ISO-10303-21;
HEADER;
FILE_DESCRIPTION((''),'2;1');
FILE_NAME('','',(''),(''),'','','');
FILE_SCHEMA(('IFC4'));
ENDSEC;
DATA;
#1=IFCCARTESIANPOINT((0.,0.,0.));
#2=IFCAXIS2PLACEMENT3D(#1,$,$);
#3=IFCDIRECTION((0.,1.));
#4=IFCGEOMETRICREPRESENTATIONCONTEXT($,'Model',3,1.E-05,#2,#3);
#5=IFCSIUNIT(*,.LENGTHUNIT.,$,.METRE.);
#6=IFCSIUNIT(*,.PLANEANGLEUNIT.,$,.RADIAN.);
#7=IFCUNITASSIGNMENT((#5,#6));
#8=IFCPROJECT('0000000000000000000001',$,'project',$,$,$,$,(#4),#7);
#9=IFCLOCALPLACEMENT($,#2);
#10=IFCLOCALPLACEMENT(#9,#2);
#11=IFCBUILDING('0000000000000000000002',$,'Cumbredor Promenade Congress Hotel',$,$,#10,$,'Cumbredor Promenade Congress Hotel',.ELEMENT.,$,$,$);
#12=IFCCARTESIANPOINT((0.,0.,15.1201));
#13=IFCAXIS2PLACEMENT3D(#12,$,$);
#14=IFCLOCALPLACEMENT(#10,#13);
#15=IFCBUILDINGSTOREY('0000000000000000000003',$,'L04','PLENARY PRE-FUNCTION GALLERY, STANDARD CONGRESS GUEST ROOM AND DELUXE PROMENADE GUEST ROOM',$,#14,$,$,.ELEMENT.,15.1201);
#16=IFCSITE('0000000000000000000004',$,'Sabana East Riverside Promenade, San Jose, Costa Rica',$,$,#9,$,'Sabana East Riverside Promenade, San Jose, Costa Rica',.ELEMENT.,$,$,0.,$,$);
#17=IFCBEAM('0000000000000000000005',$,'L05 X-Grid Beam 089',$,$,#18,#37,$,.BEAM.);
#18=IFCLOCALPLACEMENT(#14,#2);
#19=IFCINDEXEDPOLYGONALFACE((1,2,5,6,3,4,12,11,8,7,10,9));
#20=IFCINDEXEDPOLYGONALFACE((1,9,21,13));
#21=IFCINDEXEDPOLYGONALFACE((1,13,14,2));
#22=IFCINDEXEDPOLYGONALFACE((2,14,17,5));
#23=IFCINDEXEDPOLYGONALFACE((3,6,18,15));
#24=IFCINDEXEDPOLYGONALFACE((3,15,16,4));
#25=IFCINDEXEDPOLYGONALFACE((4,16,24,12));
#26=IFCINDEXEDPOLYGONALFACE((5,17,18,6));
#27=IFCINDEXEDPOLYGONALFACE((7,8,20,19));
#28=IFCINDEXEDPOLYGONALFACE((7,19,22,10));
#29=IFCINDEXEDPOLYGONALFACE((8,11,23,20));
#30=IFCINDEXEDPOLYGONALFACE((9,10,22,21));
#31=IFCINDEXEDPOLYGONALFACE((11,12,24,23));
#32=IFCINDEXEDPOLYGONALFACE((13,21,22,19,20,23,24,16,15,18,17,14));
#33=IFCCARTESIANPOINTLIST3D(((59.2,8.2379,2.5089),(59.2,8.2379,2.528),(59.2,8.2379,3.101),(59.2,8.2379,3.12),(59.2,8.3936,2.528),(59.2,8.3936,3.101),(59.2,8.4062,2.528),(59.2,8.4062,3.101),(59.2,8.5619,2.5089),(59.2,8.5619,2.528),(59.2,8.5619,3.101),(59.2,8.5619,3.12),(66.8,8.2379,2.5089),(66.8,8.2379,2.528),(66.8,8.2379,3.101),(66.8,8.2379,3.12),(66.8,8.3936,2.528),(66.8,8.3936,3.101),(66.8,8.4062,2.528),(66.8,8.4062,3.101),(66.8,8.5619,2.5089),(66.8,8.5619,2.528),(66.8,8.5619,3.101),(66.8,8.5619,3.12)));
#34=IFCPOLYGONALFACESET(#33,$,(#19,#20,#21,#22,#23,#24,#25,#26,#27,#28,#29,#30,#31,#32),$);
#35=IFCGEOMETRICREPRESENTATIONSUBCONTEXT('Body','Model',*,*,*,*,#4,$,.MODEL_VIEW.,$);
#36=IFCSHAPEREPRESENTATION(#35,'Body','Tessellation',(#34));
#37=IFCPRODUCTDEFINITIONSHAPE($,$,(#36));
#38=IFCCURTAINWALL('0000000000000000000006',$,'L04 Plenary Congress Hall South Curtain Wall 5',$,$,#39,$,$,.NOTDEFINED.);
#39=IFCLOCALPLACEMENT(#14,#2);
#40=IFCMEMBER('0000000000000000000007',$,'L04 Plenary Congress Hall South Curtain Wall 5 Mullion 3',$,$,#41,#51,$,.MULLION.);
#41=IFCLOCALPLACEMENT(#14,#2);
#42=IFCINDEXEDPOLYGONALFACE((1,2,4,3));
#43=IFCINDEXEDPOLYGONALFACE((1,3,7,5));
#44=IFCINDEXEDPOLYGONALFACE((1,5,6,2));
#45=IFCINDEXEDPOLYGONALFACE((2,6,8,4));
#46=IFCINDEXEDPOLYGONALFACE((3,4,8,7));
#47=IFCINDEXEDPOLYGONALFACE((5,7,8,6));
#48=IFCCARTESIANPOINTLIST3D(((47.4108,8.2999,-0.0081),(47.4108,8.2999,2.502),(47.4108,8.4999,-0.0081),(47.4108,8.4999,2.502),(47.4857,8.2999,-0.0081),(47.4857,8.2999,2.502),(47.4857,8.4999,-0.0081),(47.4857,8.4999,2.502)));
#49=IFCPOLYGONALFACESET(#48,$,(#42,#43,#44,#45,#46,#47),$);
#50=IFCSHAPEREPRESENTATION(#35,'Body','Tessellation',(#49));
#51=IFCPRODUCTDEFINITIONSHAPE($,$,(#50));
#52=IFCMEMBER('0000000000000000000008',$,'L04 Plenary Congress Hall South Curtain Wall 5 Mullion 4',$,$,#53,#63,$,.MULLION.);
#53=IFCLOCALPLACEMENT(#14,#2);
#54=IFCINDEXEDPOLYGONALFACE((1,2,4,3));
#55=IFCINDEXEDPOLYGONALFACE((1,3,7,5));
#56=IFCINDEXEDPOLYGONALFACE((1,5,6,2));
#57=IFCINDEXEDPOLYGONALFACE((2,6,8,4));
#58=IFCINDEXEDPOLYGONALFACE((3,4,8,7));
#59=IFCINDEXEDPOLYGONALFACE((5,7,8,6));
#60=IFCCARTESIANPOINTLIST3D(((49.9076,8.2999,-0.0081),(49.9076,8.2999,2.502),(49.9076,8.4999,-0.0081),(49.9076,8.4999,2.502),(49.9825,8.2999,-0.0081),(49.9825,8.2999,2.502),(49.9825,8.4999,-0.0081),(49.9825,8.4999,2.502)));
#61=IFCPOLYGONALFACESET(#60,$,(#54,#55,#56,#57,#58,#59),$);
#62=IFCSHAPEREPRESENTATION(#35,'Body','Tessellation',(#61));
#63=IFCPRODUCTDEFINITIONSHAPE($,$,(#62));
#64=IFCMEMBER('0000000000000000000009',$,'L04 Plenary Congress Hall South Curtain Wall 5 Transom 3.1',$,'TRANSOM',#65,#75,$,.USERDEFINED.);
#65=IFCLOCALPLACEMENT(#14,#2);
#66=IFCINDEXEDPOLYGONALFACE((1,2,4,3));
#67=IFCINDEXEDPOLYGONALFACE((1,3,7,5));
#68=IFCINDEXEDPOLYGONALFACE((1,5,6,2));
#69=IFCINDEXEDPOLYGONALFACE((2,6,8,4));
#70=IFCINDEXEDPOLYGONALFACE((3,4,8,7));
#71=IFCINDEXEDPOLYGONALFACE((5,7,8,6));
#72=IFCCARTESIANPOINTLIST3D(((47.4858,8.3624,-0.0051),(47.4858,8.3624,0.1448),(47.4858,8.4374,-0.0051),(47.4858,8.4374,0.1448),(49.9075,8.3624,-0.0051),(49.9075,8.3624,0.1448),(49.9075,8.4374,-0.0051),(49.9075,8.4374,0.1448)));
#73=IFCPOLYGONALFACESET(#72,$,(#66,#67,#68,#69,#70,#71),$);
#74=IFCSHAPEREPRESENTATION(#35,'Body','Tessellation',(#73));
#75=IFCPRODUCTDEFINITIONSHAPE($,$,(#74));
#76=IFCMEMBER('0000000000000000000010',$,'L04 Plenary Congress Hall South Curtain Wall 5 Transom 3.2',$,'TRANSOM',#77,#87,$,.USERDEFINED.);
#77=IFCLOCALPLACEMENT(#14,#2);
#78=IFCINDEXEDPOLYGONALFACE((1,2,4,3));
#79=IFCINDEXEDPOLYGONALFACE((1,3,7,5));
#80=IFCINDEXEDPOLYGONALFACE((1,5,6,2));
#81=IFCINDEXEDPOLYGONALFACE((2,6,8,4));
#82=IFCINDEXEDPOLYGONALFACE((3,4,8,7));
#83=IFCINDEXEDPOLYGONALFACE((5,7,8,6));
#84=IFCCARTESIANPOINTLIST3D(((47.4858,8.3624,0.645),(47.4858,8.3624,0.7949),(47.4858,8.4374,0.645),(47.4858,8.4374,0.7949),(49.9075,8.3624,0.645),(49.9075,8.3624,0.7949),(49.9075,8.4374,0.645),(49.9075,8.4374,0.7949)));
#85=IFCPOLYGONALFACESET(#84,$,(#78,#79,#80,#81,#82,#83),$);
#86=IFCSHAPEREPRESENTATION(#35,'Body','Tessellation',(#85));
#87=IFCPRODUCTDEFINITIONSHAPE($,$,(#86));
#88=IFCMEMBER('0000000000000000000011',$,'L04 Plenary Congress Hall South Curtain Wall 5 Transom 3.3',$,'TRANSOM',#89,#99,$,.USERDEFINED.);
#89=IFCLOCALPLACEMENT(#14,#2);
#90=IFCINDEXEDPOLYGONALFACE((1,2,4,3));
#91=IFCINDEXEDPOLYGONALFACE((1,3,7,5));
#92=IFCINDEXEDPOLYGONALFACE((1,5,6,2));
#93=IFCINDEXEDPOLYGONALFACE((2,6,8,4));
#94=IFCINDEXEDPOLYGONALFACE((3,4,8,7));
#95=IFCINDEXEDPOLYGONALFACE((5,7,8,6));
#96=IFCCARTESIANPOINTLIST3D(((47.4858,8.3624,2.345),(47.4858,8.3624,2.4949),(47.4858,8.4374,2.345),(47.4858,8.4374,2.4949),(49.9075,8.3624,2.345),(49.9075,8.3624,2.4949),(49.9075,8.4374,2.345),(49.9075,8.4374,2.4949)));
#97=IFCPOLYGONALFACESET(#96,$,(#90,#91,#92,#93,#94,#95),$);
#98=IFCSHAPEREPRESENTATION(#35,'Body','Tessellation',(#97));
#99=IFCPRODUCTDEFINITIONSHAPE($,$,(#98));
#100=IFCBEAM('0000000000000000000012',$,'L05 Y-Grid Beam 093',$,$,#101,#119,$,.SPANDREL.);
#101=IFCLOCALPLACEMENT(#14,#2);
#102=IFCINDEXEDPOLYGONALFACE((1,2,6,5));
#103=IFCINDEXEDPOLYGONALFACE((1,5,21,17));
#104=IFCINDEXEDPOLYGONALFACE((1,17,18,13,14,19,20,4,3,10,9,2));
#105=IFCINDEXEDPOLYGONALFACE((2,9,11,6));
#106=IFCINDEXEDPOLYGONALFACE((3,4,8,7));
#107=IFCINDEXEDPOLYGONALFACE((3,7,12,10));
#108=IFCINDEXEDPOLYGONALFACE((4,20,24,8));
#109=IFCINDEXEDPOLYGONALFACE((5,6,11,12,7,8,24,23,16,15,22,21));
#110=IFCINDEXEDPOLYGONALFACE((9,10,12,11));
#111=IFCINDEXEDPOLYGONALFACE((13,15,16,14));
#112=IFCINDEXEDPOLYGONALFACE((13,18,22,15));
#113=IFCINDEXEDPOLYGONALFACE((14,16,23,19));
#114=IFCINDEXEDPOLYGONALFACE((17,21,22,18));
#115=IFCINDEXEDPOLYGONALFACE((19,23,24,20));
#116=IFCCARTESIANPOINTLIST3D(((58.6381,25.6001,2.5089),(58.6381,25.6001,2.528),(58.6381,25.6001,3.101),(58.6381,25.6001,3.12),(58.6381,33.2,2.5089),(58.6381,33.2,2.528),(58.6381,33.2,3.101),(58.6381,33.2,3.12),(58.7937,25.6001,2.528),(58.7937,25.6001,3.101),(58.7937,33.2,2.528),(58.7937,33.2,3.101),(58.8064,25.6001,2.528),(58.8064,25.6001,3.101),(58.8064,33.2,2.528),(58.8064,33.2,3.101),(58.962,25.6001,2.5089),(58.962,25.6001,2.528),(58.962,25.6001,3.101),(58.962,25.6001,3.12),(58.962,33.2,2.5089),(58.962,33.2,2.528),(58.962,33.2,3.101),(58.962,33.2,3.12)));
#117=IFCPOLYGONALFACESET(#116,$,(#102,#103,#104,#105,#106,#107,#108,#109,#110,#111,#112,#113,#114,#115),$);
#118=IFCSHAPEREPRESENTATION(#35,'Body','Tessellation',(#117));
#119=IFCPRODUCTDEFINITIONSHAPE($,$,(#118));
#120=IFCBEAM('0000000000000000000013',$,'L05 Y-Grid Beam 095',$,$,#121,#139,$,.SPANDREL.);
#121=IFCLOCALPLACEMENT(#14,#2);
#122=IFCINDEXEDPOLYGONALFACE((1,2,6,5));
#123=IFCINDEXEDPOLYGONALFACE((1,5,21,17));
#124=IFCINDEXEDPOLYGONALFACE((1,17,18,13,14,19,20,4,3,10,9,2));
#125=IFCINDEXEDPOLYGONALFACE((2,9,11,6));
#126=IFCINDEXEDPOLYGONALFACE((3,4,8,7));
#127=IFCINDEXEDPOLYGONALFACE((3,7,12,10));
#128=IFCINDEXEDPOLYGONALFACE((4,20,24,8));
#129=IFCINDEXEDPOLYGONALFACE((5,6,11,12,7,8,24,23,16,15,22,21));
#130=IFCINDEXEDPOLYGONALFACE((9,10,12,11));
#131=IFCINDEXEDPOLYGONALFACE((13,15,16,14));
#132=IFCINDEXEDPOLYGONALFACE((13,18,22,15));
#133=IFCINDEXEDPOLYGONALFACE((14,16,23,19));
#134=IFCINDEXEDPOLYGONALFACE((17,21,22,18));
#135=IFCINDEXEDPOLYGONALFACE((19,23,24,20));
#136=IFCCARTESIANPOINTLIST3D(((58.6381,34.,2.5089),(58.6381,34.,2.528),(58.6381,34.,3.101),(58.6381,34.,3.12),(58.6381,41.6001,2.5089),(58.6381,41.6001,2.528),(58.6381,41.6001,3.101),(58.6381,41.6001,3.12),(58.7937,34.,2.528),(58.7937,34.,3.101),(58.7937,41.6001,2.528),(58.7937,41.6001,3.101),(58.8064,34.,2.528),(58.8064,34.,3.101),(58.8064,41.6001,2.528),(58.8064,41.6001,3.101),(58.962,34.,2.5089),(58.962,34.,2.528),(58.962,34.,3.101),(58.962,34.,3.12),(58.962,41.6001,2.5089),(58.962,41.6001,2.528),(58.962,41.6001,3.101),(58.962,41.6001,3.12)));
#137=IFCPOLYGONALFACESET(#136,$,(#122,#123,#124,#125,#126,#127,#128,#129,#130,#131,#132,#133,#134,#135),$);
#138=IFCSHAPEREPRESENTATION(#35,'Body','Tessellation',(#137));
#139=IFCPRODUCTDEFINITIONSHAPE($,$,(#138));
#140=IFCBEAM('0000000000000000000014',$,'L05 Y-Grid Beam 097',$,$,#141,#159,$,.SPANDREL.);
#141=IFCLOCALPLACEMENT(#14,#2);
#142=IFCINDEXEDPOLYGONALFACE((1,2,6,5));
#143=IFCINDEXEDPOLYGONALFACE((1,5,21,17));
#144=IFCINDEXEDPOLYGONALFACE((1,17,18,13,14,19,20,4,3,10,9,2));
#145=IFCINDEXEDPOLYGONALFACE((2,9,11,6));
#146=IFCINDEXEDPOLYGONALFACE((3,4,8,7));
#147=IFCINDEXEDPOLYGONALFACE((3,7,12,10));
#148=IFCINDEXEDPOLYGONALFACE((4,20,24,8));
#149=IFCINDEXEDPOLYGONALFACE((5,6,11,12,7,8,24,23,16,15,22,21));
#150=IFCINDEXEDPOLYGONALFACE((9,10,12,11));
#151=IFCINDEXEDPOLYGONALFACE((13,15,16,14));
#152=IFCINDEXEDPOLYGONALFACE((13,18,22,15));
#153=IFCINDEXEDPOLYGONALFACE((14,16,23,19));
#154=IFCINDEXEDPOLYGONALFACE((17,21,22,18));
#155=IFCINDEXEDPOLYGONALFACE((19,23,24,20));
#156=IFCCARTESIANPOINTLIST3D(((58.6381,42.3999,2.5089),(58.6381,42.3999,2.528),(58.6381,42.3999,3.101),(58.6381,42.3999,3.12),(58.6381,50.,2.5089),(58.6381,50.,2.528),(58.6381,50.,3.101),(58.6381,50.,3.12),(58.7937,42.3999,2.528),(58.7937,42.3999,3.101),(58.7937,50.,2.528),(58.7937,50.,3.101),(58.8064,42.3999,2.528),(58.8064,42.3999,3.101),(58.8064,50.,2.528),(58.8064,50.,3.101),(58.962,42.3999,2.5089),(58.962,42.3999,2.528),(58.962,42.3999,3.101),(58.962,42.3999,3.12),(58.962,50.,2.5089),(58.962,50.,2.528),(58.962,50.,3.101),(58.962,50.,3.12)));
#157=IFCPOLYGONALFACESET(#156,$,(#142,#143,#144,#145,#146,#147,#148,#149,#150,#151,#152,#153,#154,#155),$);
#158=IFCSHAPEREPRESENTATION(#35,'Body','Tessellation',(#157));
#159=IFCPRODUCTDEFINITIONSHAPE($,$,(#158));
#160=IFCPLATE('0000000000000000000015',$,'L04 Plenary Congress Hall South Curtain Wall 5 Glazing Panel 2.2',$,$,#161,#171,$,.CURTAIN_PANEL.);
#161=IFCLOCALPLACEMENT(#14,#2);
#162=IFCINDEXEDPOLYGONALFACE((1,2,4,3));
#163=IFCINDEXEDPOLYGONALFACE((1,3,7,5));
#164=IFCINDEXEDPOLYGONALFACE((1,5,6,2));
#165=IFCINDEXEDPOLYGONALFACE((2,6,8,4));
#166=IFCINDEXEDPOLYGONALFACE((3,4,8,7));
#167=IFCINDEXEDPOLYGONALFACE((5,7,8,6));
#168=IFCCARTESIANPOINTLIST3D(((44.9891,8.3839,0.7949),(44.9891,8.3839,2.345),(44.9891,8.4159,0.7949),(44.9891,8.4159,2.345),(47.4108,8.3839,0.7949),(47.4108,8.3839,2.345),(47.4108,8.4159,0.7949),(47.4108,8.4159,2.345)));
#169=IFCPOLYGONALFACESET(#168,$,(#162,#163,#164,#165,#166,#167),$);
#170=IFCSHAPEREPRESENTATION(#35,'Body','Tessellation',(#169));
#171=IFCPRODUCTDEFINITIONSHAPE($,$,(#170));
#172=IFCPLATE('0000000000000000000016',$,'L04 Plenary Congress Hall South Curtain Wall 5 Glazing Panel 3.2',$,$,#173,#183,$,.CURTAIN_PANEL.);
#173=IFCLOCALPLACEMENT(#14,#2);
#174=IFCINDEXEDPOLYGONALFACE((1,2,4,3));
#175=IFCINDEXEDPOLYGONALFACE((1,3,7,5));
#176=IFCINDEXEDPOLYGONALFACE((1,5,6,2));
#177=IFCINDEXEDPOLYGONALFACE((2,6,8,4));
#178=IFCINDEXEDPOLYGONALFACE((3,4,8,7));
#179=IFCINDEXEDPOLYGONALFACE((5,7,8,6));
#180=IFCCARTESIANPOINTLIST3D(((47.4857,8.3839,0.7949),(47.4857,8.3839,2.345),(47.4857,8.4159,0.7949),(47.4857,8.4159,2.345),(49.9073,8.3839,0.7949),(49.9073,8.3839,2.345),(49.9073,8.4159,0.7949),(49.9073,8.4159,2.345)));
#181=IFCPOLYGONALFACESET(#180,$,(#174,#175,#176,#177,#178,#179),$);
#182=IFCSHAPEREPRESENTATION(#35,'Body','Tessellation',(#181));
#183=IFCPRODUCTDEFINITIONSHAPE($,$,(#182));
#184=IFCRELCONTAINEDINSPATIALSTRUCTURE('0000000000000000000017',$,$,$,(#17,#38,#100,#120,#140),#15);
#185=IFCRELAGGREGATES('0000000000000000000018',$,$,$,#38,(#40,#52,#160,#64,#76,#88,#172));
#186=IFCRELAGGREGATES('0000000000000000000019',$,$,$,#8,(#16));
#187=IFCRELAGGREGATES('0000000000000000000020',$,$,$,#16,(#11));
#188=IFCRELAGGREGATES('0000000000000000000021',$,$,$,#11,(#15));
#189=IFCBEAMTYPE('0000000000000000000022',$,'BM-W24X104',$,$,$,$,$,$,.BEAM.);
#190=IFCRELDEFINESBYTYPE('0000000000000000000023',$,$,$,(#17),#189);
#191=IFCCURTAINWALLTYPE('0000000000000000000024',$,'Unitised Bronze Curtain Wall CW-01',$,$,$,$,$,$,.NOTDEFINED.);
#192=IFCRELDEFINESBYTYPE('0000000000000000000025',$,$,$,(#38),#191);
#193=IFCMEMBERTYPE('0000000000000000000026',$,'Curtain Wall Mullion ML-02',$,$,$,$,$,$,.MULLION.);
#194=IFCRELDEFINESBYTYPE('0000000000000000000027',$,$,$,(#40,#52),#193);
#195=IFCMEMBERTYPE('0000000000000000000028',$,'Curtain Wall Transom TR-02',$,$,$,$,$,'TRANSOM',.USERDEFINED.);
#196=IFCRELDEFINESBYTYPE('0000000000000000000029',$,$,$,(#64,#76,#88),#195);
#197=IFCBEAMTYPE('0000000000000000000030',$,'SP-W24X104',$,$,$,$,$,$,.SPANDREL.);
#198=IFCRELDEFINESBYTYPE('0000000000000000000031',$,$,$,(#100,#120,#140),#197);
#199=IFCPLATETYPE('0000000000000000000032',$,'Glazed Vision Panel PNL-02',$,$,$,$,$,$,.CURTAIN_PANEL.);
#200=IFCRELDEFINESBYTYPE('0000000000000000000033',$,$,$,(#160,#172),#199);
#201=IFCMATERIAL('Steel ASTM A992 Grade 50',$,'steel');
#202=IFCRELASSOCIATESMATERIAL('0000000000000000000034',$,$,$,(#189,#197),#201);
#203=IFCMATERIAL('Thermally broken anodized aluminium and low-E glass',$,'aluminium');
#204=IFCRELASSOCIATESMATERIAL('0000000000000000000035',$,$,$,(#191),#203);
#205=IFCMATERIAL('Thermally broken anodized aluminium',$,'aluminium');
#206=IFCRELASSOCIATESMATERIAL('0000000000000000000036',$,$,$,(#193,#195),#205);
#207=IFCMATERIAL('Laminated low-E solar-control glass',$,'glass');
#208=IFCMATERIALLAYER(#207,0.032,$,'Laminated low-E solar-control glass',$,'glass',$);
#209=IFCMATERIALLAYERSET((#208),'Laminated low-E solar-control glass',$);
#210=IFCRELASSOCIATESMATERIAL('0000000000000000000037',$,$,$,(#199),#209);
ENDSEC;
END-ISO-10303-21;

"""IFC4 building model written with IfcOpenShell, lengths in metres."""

from ifc_helpers import new_model, si_unit, direction, frame, origin, origin_2d, place, context, subcontext, project, spatial, rectangle, i_section, extrude, material, layer, layer_set, material_profile, profile_set, type_object, element, aggregate, save


model = new_model("IFC4")

# Units and contexts
model_context = context("Model", 3, precision=1e-05, world=origin(), true_north=direction((0.0, 1.0)))
body_context = subcontext(model_context, "Body", "Model", "MODEL_VIEW")
ifc_project = project(units=[si_unit("LENGTHUNIT", "METRE"), si_unit("PLANEANGLEUNIT", "RADIAN")], contexts=[model_context])

# Site, building, storey
site_placement = place(None, origin())
site = spatial("IfcSite", under=ifc_project, at=site_placement, Name="Sabana East Riverside Promenade, San Jose, Costa Rica", LongName="Sabana East Riverside Promenade, San Jose, Costa Rica", CompositionType="ELEMENT", RefElevation=0.0)
building_placement = place(site_placement, origin())
building = spatial("IfcBuilding", under=site, at=building_placement, Name="Cumbredor Promenade Congress Hotel", LongName="Cumbredor Promenade Congress Hotel", CompositionType="ELEMENT")
storey_placement = place(building_placement, frame((0.0, 0.0, 15.1201)))
storey = spatial("IfcBuildingStorey", under=building, at=storey_placement, Name="L04", Description="PLENARY PRE-FUNCTION GALLERY, STANDARD CONGRESS GUEST ROOM AND DELUXE PROMENADE GUEST ROOM", CompositionType="ELEMENT", Elevation=15.1201)

# Beam
ifc_material_1 = material(Name="Steel ASTM A992 Grade 50", Category="steel")
ifc_material_profile_1 = material_profile(ifc_material_1, i_section(OverallWidth=0.324, OverallDepth=0.6111, WebThickness=0.0127, FlangeThickness=0.019, at=origin_2d()), Name="W24X104")
ifc_profile_set_1 = profile_set([ifc_material_profile_1], Name="Steel ASTM A992 Grade 50")
beam_type_1 = type_object("IfcBeamType", Name="BM-W24X104", PredefinedType="BEAM", material=ifc_profile_set_1)
beam_1_placement = place(storey_placement, frame((59.2, 8.3999, 2.8145), z_axis=(1.0, 0.0, 0.0), x_axis=(0.0, 1.0, 0.0)))
element("IfcBeam", 1, at=beam_1_placement, inside=storey, type_object=beam_type_1, Name="L05 X-Grid Beam 089", PredefinedType="BEAM", context=body_context, shape_type="SweptSolid", body=[
    extrude(i_section(OverallWidth=0.324, OverallDepth=0.6111, WebThickness=0.0127, FlangeThickness=0.019, at=origin_2d()), origin(), (0.0, 0.0, 1.0), 7.6001),
])

# Curtain wall, members
ifc_material_2 = material(Name="Thermally broken anodized aluminium and low-E glass", Category="aluminium")
curtain_wall_type = type_object("IfcCurtainWallType", Name="Unitised Bronze Curtain Wall CW-01", PredefinedType="NOTDEFINED", material=ifc_material_2)
curtain_wall_placement = place(storey_placement, origin())
curtain_wall = element("IfcCurtainWall", 2, at=curtain_wall_placement, inside=storey, type_object=curtain_wall_type, Name="L04 Plenary Congress Hall South Curtain Wall 5", PredefinedType="NOTDEFINED")
ifc_material_3 = material(Name="Thermally broken anodized aluminium", Category="aluminium")
ifc_material_profile_2 = material_profile(ifc_material_3, rectangle(XDim=0.075, YDim=0.2, at=origin_2d()), Name="ALU MULLION 75x200")
ifc_profile_set_2 = profile_set([ifc_material_profile_2], Name="Thermally broken anodized aluminium")
member_type_1 = type_object("IfcMemberType", Name="Curtain Wall Mullion ML-02", PredefinedType="MULLION", material=ifc_profile_set_2)
member_1_placement = place(storey_placement, frame((47.4482, 8.3999, -0.0081), z_axis=(0.0, 0.0, 1.0), x_axis=(1.0, 0.0, 0.0)))
member_1 = element("IfcMember", 3, at=member_1_placement, type_object=member_type_1, Name="L04 Plenary Congress Hall South Curtain Wall 5 Mullion 3", PredefinedType="MULLION", context=body_context, shape_type="SweptSolid", body=[
    extrude(rectangle(XDim=0.075, YDim=0.2, at=origin_2d()), origin(), (0.0, 0.0, 1.0), 2.51),
])
member_2_placement = place(storey_placement, frame((49.9451, 8.3999, -0.0081), z_axis=(0.0, 0.0, 1.0), x_axis=(1.0, 0.0, 0.0)))
member_2 = element("IfcMember", 4, at=member_2_placement, type_object=member_type_1, Name="L04 Plenary Congress Hall South Curtain Wall 5 Mullion 4", PredefinedType="MULLION", context=body_context, shape_type="SweptSolid", body=[
    extrude(rectangle(XDim=0.075, YDim=0.2, at=origin_2d()), origin(), (0.0, 0.0, 1.0), 2.51),
])
ifc_material_profile_3 = material_profile(ifc_material_3, rectangle(XDim=0.075, YDim=0.1499, at=origin_2d()), Name="ALU TRANSOM 75x150")
ifc_profile_set_3 = profile_set([ifc_material_profile_3], Name="Thermally broken anodized aluminium")
member_type_2 = type_object("IfcMemberType", Name="Curtain Wall Transom TR-02", ElementType="TRANSOM", PredefinedType="USERDEFINED", material=ifc_profile_set_3)
member_3_placement = place(storey_placement, frame((47.4858, 8.3999, 0.0698), z_axis=(1.0, 0.0, 0.0), x_axis=(0.0, 1.0, 0.0)))
member_3 = element("IfcMember", 5, at=member_3_placement, type_object=member_type_2, Name="L04 Plenary Congress Hall South Curtain Wall 5 Transom 3.1", ObjectType="TRANSOM", PredefinedType="USERDEFINED", context=body_context, shape_type="SweptSolid", body=[
    extrude(rectangle(XDim=0.075, YDim=0.1499, at=origin_2d()), origin(), (0.0, 0.0, 1.0), 2.4216),
])
member_4_placement = place(storey_placement, frame((47.4858, 8.3999, 0.72), z_axis=(1.0, 0.0, 0.0), x_axis=(0.0, 1.0, 0.0)))
member_4 = element("IfcMember", 6, at=member_4_placement, type_object=member_type_2, Name="L04 Plenary Congress Hall South Curtain Wall 5 Transom 3.2", ObjectType="TRANSOM", PredefinedType="USERDEFINED", context=body_context, shape_type="SweptSolid", body=[
    extrude(rectangle(XDim=0.075, YDim=0.1499, at=origin_2d()), origin(), (0.0, 0.0, 1.0), 2.4216),
])
member_5_placement = place(storey_placement, frame((47.4858, 8.3999, 2.4199), z_axis=(1.0, 0.0, 0.0), x_axis=(0.0, 1.0, 0.0)))
member_5 = element("IfcMember", 7, at=member_5_placement, type_object=member_type_2, Name="L04 Plenary Congress Hall South Curtain Wall 5 Transom 3.3", ObjectType="TRANSOM", PredefinedType="USERDEFINED", context=body_context, shape_type="SweptSolid", body=[
    extrude(rectangle(XDim=0.075, YDim=0.1499, at=origin_2d()), origin(), (0.0, 0.0, 1.0), 2.4216),
])

# Beams
ifc_material_profile_4 = material_profile(ifc_material_1, i_section(OverallWidth=0.324, OverallDepth=0.6111, WebThickness=0.0127, FlangeThickness=0.019, at=origin_2d()), Name="W24X104")
ifc_profile_set_4 = profile_set([ifc_material_profile_4], Name="Steel ASTM A992 Grade 50")
beam_type_2 = type_object("IfcBeamType", Name="SP-W24X104", PredefinedType="SPANDREL", material=ifc_profile_set_4)
beam_2_placement = place(storey_placement, frame((58.8, 25.6001, 2.8145), z_axis=(0.0, 1.0, 0.0), x_axis=(-1.0, 0.0, 0.0)))
element("IfcBeam", 8, at=beam_2_placement, inside=storey, type_object=beam_type_2, Name="L05 Y-Grid Beam 093", PredefinedType="SPANDREL", context=body_context, shape_type="SweptSolid", body=[
    extrude(i_section(OverallWidth=0.324, OverallDepth=0.6111, WebThickness=0.0127, FlangeThickness=0.019, at=origin_2d()), origin(), (0.0, 0.0, 1.0), 7.5999),
])
for number, where, z_axis, x_axis, name in (
    (9, (58.8, 34.0, 2.8145), (0.0, 1.0, 0.0), (-1.0, 0.0, 0.0), "L05 Y-Grid Beam 095"),
    (10, (58.8, 42.3999, 2.8145), (0.0, 1.0, 0.0), (-1.0, 0.0, 0.0), "L05 Y-Grid Beam 097"),
):
    element("IfcBeam", number, at=place(storey_placement, frame(where, z_axis=z_axis, x_axis=x_axis)), inside=storey, type_object=beam_type_2, Name=name, PredefinedType="SPANDREL", context=body_context, shape_type="SweptSolid", body=[
        extrude(i_section(OverallWidth=0.324, OverallDepth=0.6111, WebThickness=0.0127, FlangeThickness=0.019, at=origin_2d()), origin(), (0.0, 0.0, 1.0), 7.6001),
    ])

# Plates
ifc_material_4 = material(Name="Laminated low-E solar-control glass", Category="glass")
ifc_layer_1 = layer(ifc_material_4, 0.032, Name="Laminated low-E solar-control glass", Category="glass")
ifc_layer_set_1 = layer_set([ifc_layer_1], Name="Laminated low-E solar-control glass")
plate_type_1 = type_object("IfcPlateType", Name="Glazed Vision Panel PNL-02", PredefinedType="CURTAIN_PANEL", material=ifc_layer_set_1)
plate_1_placement = place(storey_placement, frame((46.2, 8.3999, 0.7949), z_axis=(0.0, 0.0, 1.0), x_axis=(1.0, 0.0, 0.0)))
plate_1 = element("IfcPlate", 11, at=plate_1_placement, type_object=plate_type_1, Name="L04 Plenary Congress Hall South Curtain Wall 5 Glazing Panel 2.2", PredefinedType="CURTAIN_PANEL", context=body_context, shape_type="SweptSolid", body=[
    extrude(rectangle(XDim=2.4216, YDim=0.032, at=origin_2d()), origin(), (0.0, 0.0, 1.0), 1.55),
])
plate_2_placement = place(storey_placement, frame((48.6965, 8.3999, 0.7949), z_axis=(0.0, 0.0, 1.0), x_axis=(1.0, 0.0, 0.0)))
plate_2 = element("IfcPlate", 12, at=plate_2_placement, type_object=plate_type_1, Name="L04 Plenary Congress Hall South Curtain Wall 5 Glazing Panel 3.2", PredefinedType="CURTAIN_PANEL", context=body_context, shape_type="SweptSolid", body=[
    extrude(rectangle(XDim=2.4216, YDim=0.032, at=origin_2d()), origin(), (0.0, 0.0, 1.0), 1.55),
])
aggregate(curtain_wall, [member_1, member_2, plate_1, member_3, member_4, member_5, plate_2])

save(model, "model.ifc")
